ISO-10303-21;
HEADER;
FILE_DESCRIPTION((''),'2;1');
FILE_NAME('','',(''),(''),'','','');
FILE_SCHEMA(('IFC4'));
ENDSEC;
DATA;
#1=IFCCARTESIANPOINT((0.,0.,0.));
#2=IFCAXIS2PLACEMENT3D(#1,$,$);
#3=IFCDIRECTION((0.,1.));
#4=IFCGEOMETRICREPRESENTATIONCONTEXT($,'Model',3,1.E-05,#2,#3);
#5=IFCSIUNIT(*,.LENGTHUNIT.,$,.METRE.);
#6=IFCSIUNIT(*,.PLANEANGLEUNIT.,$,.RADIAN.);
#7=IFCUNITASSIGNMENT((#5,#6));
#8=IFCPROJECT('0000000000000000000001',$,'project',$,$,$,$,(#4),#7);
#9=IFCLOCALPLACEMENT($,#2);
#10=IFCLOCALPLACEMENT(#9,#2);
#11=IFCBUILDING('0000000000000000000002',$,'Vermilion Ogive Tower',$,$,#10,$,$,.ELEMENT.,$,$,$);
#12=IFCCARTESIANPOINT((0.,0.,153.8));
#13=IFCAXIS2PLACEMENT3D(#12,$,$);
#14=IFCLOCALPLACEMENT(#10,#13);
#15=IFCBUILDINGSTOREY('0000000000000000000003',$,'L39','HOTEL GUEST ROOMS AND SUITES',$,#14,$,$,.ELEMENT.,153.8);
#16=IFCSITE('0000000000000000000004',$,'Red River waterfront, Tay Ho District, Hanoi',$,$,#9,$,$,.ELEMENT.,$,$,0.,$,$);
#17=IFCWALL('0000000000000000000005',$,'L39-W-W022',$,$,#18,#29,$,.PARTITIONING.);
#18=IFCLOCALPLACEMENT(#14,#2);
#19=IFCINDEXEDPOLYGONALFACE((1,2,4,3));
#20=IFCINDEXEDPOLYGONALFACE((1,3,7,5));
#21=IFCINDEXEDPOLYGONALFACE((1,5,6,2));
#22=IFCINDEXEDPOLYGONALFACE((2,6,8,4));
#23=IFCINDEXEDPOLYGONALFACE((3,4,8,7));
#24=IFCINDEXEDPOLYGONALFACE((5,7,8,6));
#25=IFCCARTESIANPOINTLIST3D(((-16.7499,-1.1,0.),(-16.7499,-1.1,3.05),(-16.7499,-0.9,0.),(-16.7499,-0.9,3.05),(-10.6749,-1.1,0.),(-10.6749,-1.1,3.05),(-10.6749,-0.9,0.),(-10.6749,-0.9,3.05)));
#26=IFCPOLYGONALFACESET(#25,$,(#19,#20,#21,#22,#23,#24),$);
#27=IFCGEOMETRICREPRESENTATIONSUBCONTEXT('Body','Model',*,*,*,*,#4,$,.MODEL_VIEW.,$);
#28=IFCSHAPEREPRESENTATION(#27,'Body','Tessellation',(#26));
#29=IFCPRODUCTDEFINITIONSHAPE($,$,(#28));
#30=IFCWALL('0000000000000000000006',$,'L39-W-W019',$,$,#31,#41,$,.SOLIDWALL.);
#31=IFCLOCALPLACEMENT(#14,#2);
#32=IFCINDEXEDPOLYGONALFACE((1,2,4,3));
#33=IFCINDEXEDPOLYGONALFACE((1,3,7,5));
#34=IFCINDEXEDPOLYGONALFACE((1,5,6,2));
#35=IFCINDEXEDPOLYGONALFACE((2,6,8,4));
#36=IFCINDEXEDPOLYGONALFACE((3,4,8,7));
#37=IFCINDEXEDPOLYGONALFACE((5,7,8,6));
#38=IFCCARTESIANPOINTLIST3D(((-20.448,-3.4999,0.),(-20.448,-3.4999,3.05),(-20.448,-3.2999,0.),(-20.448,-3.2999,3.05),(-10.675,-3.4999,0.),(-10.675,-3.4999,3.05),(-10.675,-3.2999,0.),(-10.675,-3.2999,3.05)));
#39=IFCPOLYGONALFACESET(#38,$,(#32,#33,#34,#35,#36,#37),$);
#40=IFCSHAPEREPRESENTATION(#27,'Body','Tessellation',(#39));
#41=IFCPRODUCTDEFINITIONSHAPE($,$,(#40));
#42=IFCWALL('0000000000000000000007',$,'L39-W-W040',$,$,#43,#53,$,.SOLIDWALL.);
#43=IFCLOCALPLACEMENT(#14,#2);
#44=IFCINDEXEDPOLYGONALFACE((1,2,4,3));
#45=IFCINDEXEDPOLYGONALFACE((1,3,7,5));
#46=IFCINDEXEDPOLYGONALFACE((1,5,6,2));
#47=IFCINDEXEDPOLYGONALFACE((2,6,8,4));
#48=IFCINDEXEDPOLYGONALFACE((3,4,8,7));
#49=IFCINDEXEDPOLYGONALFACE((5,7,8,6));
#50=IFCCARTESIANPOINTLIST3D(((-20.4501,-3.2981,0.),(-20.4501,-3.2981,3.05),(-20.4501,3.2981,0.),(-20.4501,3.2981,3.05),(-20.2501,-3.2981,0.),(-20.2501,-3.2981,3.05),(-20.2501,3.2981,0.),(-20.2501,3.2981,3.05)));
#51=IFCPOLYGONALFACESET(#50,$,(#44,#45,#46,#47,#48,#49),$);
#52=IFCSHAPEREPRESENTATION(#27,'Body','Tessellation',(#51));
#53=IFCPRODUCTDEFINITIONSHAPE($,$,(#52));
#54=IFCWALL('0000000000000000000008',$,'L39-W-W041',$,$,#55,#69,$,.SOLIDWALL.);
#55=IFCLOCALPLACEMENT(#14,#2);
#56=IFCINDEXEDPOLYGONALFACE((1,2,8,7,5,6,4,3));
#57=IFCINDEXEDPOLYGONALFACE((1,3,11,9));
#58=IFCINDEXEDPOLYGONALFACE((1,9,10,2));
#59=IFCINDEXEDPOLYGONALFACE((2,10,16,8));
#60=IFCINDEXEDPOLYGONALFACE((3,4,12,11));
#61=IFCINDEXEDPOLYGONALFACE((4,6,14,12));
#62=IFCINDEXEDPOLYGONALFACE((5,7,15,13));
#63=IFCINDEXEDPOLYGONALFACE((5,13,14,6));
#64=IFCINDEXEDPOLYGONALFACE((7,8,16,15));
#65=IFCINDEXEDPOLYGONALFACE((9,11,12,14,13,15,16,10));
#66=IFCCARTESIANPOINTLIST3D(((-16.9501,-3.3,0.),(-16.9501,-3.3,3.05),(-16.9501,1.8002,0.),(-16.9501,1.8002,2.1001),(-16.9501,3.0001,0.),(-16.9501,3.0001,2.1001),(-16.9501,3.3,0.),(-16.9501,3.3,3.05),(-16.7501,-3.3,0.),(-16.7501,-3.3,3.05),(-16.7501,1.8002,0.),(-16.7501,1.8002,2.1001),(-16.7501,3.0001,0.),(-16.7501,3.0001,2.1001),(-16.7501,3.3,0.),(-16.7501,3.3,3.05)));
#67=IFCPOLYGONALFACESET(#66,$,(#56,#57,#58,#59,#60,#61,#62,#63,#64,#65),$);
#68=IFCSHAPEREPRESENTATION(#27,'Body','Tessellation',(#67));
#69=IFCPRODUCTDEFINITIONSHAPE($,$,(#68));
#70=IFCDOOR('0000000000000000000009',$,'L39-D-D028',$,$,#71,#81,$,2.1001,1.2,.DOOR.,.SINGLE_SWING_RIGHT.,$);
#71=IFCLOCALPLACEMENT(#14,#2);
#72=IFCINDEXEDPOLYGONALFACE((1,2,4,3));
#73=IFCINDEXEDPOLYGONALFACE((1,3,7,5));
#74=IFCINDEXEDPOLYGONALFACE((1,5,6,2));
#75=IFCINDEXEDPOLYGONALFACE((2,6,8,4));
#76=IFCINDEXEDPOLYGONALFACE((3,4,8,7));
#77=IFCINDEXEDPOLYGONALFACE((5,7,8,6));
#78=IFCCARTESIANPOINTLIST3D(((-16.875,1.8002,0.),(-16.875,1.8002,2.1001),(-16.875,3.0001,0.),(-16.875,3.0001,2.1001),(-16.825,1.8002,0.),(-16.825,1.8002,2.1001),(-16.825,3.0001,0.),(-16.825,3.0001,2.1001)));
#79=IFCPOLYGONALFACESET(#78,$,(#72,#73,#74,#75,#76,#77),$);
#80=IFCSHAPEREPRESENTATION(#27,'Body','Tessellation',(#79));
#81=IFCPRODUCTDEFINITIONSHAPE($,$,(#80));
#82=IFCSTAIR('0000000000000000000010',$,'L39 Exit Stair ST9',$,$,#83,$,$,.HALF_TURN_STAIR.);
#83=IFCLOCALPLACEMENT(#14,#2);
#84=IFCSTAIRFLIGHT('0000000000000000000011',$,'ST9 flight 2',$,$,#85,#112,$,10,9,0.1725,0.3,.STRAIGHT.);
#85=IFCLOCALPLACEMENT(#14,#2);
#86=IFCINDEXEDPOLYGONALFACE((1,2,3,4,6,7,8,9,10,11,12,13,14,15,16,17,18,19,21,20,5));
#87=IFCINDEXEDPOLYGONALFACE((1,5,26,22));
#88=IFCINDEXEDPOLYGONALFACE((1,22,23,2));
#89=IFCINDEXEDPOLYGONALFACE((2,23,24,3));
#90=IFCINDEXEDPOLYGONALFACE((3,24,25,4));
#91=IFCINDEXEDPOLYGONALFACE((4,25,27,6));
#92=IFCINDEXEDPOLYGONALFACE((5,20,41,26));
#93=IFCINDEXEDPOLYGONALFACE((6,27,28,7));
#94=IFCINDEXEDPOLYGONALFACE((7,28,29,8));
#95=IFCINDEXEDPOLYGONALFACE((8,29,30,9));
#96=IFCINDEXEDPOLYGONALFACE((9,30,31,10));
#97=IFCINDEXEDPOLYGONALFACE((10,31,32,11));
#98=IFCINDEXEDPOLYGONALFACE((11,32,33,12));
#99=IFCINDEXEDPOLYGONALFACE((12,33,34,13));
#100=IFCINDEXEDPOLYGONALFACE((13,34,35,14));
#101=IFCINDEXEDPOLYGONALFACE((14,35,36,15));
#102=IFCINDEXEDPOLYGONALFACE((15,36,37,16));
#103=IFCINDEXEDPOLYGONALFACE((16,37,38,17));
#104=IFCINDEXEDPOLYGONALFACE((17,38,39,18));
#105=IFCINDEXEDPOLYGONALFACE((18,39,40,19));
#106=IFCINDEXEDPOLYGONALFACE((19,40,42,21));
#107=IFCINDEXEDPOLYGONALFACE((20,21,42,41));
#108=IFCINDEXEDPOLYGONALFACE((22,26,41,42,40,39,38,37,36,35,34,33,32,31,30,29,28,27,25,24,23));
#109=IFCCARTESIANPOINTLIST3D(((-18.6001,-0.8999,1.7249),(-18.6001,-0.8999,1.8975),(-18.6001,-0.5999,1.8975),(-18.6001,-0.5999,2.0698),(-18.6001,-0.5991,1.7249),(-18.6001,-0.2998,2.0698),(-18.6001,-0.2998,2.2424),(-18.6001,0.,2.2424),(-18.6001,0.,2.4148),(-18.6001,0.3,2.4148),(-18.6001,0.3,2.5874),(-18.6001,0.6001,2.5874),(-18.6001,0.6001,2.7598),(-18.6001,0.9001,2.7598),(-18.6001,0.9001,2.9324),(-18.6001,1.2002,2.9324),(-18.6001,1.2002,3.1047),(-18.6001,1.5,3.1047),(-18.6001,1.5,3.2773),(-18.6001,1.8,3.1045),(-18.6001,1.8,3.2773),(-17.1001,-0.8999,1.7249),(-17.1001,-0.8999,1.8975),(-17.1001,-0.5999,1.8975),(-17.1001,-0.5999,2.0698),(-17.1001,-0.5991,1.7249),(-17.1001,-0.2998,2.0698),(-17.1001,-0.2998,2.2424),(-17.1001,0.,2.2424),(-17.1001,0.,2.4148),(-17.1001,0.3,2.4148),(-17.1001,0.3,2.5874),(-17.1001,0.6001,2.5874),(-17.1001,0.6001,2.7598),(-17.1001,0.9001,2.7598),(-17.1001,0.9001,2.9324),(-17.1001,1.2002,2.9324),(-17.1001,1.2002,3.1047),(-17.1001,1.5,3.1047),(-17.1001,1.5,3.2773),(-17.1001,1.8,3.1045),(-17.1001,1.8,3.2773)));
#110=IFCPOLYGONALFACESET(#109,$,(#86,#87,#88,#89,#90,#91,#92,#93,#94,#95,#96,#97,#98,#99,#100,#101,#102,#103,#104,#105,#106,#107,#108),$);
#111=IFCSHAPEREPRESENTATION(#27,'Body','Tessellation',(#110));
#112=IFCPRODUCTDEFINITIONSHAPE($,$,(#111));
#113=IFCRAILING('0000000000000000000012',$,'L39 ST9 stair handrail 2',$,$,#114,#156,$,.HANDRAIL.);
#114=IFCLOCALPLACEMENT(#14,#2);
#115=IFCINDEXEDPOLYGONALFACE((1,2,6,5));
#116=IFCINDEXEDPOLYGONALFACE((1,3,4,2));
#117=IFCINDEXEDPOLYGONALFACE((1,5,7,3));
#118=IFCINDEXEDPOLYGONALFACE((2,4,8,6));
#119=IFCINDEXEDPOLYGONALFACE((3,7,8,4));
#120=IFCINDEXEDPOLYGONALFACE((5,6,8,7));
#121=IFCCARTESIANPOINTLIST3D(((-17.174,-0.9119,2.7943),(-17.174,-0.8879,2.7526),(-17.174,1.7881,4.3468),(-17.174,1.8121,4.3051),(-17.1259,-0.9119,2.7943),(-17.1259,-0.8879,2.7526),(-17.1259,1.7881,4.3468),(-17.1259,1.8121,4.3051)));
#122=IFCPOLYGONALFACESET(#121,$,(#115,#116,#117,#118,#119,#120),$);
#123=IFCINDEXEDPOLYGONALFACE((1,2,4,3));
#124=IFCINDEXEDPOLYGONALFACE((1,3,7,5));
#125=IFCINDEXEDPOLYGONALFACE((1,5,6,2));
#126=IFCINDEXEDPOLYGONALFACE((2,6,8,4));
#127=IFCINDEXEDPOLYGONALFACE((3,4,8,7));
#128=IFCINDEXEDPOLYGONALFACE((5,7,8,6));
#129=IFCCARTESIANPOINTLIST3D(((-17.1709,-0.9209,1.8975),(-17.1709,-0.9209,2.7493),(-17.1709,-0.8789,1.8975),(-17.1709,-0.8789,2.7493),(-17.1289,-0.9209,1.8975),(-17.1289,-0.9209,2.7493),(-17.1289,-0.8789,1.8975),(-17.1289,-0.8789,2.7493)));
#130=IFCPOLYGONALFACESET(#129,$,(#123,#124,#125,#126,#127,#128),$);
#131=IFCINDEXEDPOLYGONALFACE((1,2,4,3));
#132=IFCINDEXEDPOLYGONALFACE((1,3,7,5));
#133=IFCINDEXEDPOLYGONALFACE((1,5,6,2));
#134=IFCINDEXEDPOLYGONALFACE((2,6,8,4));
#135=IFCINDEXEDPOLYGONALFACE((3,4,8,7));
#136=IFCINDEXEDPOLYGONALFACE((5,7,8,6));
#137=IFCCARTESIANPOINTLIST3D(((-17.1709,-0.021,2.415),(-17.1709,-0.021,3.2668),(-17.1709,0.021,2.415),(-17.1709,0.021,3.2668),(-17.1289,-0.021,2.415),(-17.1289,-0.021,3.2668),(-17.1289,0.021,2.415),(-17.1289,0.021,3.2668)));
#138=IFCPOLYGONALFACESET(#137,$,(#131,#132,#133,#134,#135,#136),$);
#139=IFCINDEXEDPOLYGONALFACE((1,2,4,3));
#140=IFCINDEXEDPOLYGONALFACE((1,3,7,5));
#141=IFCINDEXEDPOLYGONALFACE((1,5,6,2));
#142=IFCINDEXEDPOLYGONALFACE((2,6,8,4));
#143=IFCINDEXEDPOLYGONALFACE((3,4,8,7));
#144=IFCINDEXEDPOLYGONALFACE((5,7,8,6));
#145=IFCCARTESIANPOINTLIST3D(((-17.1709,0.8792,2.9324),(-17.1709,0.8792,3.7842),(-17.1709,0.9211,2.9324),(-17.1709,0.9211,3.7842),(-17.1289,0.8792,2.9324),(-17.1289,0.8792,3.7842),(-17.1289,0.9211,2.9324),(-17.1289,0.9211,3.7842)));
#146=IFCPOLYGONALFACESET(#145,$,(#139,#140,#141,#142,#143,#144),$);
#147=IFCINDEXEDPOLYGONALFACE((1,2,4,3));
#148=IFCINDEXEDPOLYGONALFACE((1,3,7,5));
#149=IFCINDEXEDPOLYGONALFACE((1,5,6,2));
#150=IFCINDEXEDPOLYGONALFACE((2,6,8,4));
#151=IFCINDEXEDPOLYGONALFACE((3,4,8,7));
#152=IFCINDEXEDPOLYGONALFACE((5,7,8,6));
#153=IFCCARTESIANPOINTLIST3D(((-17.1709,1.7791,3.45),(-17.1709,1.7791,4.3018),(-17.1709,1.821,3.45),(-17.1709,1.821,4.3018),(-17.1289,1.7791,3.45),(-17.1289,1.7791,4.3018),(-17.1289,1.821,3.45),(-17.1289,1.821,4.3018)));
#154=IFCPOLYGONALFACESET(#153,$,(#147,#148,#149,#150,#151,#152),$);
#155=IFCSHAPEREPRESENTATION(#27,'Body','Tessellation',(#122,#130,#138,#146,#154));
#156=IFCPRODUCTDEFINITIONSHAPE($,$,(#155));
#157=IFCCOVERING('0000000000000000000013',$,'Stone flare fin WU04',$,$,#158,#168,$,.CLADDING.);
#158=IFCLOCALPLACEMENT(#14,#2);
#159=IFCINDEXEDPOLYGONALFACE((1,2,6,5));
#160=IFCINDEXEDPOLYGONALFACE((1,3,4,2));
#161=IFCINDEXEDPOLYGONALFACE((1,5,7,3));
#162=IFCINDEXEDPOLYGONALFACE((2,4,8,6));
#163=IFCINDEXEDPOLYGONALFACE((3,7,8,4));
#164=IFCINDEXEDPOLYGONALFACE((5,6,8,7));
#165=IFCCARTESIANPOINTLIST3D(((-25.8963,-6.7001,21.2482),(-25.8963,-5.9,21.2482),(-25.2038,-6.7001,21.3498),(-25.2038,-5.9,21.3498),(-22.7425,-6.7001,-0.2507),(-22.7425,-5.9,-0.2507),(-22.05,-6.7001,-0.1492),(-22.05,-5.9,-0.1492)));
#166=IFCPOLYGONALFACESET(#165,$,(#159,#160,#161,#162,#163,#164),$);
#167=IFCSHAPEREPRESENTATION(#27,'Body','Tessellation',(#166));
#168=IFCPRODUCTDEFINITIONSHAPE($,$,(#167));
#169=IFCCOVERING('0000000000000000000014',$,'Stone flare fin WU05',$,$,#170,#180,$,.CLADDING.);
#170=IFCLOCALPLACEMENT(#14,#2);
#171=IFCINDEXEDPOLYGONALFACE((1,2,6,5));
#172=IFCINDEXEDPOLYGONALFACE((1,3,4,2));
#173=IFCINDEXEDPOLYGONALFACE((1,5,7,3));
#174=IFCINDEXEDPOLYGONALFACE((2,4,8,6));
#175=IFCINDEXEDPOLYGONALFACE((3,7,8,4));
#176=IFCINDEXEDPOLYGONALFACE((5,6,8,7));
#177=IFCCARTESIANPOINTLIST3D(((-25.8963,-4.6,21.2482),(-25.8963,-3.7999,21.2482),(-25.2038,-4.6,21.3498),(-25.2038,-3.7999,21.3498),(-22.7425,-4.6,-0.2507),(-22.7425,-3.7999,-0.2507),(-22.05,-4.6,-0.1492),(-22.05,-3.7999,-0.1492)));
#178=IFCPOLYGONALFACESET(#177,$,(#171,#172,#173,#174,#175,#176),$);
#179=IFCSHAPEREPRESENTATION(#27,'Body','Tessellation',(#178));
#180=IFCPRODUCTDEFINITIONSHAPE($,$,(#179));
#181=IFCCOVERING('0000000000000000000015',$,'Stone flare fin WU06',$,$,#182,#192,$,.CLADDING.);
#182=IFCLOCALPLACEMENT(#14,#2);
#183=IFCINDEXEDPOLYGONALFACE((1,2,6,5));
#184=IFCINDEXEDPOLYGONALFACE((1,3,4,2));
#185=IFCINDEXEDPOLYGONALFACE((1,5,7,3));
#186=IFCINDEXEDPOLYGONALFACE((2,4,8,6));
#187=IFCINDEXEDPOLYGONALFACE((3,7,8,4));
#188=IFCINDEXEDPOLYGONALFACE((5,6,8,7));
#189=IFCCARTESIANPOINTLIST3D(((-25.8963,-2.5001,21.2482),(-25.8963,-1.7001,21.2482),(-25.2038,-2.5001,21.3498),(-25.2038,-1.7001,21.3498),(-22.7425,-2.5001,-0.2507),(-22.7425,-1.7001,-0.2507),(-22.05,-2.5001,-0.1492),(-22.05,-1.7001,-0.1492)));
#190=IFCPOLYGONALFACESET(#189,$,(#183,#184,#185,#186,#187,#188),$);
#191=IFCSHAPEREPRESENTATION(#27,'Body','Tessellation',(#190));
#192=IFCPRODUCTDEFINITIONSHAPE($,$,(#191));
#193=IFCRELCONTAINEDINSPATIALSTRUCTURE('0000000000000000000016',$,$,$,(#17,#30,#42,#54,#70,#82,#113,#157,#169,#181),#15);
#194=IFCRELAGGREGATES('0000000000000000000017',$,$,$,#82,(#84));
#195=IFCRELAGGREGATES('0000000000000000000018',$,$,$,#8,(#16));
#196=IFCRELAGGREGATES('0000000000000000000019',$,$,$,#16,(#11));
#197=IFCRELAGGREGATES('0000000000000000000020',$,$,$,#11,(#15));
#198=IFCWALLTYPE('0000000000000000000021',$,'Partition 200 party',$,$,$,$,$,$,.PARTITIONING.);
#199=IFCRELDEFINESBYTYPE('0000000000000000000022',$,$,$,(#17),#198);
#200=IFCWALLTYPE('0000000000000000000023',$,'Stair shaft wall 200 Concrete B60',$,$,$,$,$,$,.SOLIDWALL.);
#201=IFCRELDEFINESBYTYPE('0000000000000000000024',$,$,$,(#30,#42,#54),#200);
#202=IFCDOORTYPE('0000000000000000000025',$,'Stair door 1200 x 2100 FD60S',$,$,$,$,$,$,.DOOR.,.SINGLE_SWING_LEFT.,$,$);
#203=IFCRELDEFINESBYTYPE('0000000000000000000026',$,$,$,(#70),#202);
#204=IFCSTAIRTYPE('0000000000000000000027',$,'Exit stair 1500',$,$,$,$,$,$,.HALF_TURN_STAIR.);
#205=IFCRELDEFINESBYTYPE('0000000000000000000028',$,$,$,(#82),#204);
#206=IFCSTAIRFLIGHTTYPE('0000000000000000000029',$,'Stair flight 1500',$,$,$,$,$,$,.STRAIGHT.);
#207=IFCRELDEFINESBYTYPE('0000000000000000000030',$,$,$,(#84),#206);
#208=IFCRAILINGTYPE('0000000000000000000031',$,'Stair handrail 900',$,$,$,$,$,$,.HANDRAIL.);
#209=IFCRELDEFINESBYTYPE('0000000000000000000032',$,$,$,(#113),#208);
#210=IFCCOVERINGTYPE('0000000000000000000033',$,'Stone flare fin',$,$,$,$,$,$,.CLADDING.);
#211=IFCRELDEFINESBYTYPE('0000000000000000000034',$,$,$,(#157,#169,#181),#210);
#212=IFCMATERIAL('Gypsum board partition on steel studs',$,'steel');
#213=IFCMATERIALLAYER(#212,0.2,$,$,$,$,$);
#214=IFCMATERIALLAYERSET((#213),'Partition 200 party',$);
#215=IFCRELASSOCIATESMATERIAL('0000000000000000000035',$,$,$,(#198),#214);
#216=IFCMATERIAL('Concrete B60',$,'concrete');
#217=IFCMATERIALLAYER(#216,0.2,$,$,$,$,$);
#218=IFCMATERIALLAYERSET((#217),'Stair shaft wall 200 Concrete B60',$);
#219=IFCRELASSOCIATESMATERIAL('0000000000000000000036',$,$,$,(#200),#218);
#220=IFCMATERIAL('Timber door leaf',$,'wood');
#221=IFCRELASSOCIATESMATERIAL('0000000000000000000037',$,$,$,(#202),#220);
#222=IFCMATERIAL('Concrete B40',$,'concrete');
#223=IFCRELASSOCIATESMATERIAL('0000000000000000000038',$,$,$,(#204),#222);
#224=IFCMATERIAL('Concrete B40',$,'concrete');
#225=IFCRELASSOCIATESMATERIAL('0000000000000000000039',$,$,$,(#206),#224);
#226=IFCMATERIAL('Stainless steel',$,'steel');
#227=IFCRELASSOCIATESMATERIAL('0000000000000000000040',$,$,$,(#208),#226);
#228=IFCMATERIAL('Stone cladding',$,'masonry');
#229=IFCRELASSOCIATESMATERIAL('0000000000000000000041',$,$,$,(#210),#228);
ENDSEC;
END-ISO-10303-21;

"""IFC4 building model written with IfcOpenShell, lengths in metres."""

from ifc_helpers import new_model, si_unit, direction, frame, frame_2d, origin, origin_2d, place, context, subcontext, project, spatial, polyline, rectangle, outline, extrude, material, layer, layer_set, material_profile, profile_set, type_object, element, fill, aggregate, save


model = new_model("IFC4")

# Units and contexts
model_context = context("Model", 3, precision=1e-05, world=origin(), true_north=direction((0.0, 1.0)))
body_context = subcontext(model_context, "Body", "Model", "MODEL_VIEW")
ifc_project = project(units=[si_unit("LENGTHUNIT", "METRE"), si_unit("PLANEANGLEUNIT", "RADIAN")], contexts=[model_context])

# Site, building, storey
site_placement = place(None, origin())
site = spatial("IfcSite", under=ifc_project, at=site_placement, Name="Red River waterfront, Tay Ho District, Hanoi", CompositionType="ELEMENT", RefElevation=0.0)
building_placement = place(site_placement, origin())
building = spatial("IfcBuilding", under=site, at=building_placement, Name="Vermilion Ogive Tower", CompositionType="ELEMENT")
storey_placement = place(building_placement, frame((0.0, 0.0, 153.8)))
storey = spatial("IfcBuildingStorey", under=building, at=storey_placement, Name="L39", Description="HOTEL GUEST ROOMS AND SUITES", CompositionType="ELEMENT", Elevation=153.8)

# Walls
ifc_material_1 = material(Name="Gypsum board partition on steel studs", Category="steel")
ifc_layer_1 = layer(ifc_material_1, 0.2)
ifc_layer_set_1 = layer_set([ifc_layer_1], Name="Partition 200 party")
wall_type_1 = type_object("IfcWallType", Name="Partition 200 party", PredefinedType="PARTITIONING", material=ifc_layer_set_1)
wall_1_placement = place(storey_placement, frame((-16.75, -1.0, 0.0), z_axis=(0.0, 0.0, 1.0), x_axis=(1.0, 0.0, 0.0)))
element("IfcWall", 1, at=wall_1_placement, inside=storey, type_object=wall_type_1, Name="L39-W-W022", PredefinedType="PARTITIONING", context=body_context, shape_type="SweptSolid", body=[
    extrude(rectangle(XDim=6.075, YDim=0.2, at=frame_2d((3.0376, 0.0))), origin(), (0.0, 0.0, 1.0), 3.05),
])
ifc_material_2 = material(Name="Concrete B60", Category="concrete")
ifc_layer_2 = layer(ifc_material_2, 0.2)
ifc_layer_set_2 = layer_set([ifc_layer_2], Name="Stair shaft wall 200 Concrete B60")
wall_type_2 = type_object("IfcWallType", Name="Stair shaft wall 200 Concrete B60", PredefinedType="SOLIDWALL", material=ifc_layer_set_2)
wall_2_placement = place(storey_placement, frame((-20.448, -3.3999, 0.0), z_axis=(0.0, 0.0, 1.0), x_axis=(1.0, 0.0, 0.0)))
element("IfcWall", 2, at=wall_2_placement, inside=storey, type_object=wall_type_2, Name="L39-W-W019", PredefinedType="SOLIDWALL", context=body_context, shape_type="SweptSolid", body=[
    extrude(rectangle(XDim=9.7729, YDim=0.2, at=frame_2d((4.8865, 0.0))), origin(), (0.0, 0.0, 1.0), 3.05),
])
wall_3_placement = place(storey_placement, frame((-20.3501, -3.2981, 0.0), z_axis=(0.0, 0.0, 1.0), x_axis=(0.0, 1.0, 0.0)))
element("IfcWall", 3, at=wall_3_placement, inside=storey, type_object=wall_type_2, Name="L39-W-W040", PredefinedType="SOLIDWALL", context=body_context, shape_type="SweptSolid", body=[
    extrude(rectangle(XDim=6.5962, YDim=0.2, at=frame_2d((3.2981, 0.0))), origin(), (0.0, 0.0, 1.0), 3.05),
])

# Wall, opening, door
wall_4_placement = place(storey_placement, frame((-16.8501, -3.3, 0.0), z_axis=(0.0, 0.0, 1.0), x_axis=(0.0, 1.0, 0.0)))
wall_4 = element("IfcWall", 4, at=wall_4_placement, inside=storey, type_object=wall_type_2, Name="L39-W-W041", PredefinedType="SOLIDWALL", context=body_context, shape_type="SweptSolid", body=[
    extrude(rectangle(XDim=6.6001, YDim=0.2, at=frame_2d((3.3, 0.0))), origin(), (0.0, 0.0, 1.0), 3.05),
])
opening_1_placement = place(wall_4_placement, frame((5.1001, 0.0, 0.0)))
opening_1 = element("IfcOpeningElement", 5, at=opening_1_placement, cuts=wall_4, PredefinedType="OPENING", context=body_context, shape_type="SweptSolid", body=[
    extrude(rectangle(XDim=1.2, YDim=2.1001, at=frame_2d((0.6001, 1.05))), frame((0.0, 0.1099, 0.0), z_axis=(0.0, -1.0, 0.0), x_axis=(1.0, 0.0, 0.0)), (0.0, 0.0, 1.0), 0.22),
])
ifc_material_3 = material(Name="Timber door leaf", Category="wood")
door_type_1 = type_object("IfcDoorType", Name="Stair door 1200 x 2100 FD60S", OperationType="SINGLE_SWING_LEFT", PredefinedType="DOOR", material=ifc_material_3)
door_1_placement = place(opening_1_placement, origin())
door_1 = element("IfcDoor", 6, at=door_1_placement, inside=storey, type_object=door_type_1, Name="L39-D-D028", OperationType="SINGLE_SWING_RIGHT", OverallHeight=2.1001, OverallWidth=1.2, PredefinedType="DOOR", context=body_context, shape_type="SweptSolid", body=[
    extrude(rectangle(XDim=1.2, YDim=2.1001, at=frame_2d((0.6001, 1.05))), frame((0.0, 0.0249, 0.0), z_axis=(0.0, -1.0, 0.0), x_axis=(1.0, 0.0, 0.0)), (0.0, 0.0, 1.0), 0.05),
])
fill(opening_1, door_1)

# Stair, stair flight
ifc_material_4 = material(Name="Concrete B40", Category="concrete")
stair_type = type_object("IfcStairType", Name="Exit stair 1500", PredefinedType="HALF_TURN_STAIR", material=ifc_material_4)
stair_placement = place(storey_placement, origin())
stair = element("IfcStair", 7, at=stair_placement, inside=storey, type_object=stair_type, Name="L39 Exit Stair ST9", PredefinedType="HALF_TURN_STAIR")
ifc_material_5 = material(Name="Concrete B40", Category="concrete")
stair_flight_type = type_object("IfcStairFlightType", Name="Stair flight 1500", PredefinedType="STRAIGHT", material=ifc_material_5)
stair_flight_placement = place(storey_placement, frame((-17.8501, -0.8999, 1.7249), z_axis=(0.0, 0.0, 1.0), x_axis=(0.0, 1.0, 0.0)))
stair_flight = element("IfcStairFlight", 8, at=stair_flight_placement, type_object=stair_flight_type, Name="ST9 flight 2", NumberOfRisers=10, NumberOfTreads=9, PredefinedType="STRAIGHT", RiserHeight=0.1725, TreadLength=0.3, context=body_context, shape_type="SweptSolid", body=[
    extrude(outline(polyline([(0.0, 0.0), (0.0, 0.1726), (0.3, 0.1726), (0.3, 0.345), (0.6001, 0.345), (0.6001, 0.5176), (0.8999, 0.5176), (0.8999, 0.6899), (1.2, 0.6899), (1.2, 0.8625), (1.5, 0.8625), (1.5, 1.0349), (1.8, 1.0349), (1.8, 1.2075), (2.1001, 1.2075), (2.1001, 1.3799), (2.3999, 1.3799), (2.3999, 1.5525), (2.7, 1.5525), (2.7, 1.7251), (2.7, 1.3796), (0.3008, 0.0), (0.0, 0.0)])), frame((0.0, 0.75, 0.0), z_axis=(0.0, -1.0, 0.0), x_axis=(1.0, 0.0, 0.0)), (0.0, 0.0, 1.0), 1.5),
])
aggregate(stair, [stair_flight])

# Railing
ifc_material_6 = material(Name="Stainless steel", Category="steel")
railing_type = type_object("IfcRailingType", Name="Stair handrail 900", PredefinedType="HANDRAIL", material=ifc_material_6)
railing_placement = place(storey_placement, frame((-17.1499, -0.8999, 1.8975)))
element("IfcRailing", 9, at=railing_placement, inside=storey, type_object=railing_type, Name="L39 ST9 stair handrail 2", PredefinedType="HANDRAIL", context=body_context, shape_type="SweptSolid", body=[
    extrude(rectangle(XDim=0.0481, YDim=0.0481, at=origin_2d()), frame((0.0, 0.0, 0.876), z_axis=(0.0, 0.866904, 0.498476), x_axis=(-1.0, 0.0, 0.0)), (0.0, 0.0, 1.0), 3.1145),
    extrude(rectangle(XDim=0.042, YDim=0.042, at=origin_2d()), origin(), (0.0, 0.0, 1.0), 0.8518),
    extrude(rectangle(XDim=0.042, YDim=0.042, at=origin_2d()), frame((0.0, 0.8999, 0.5176)), (0.0, 0.0, 1.0), 0.8518),
    extrude(rectangle(XDim=0.042, YDim=0.042, at=origin_2d()), frame((0.0, 1.8, 1.0349)), (0.0, 0.0, 1.0), 0.8518),
    extrude(rectangle(XDim=0.042, YDim=0.042, at=origin_2d()), frame((0.0, 2.7, 1.5525)), (0.0, 0.0, 1.0), 0.8518),
])

# Coverings
ifc_material_7 = material(Name="Stone cladding", Category="masonry")
ifc_material_profile_1 = material_profile(ifc_material_7, rectangle(XDim=0.8, YDim=0.7, at=origin_2d()), Name="STONE 800x700")
ifc_profile_set_1 = profile_set([ifc_material_profile_1], Name="Stone cladding")
covering_type = type_object("IfcCoveringType", Name="Stone flare fin", PredefinedType="CLADDING", material=ifc_profile_set_1)
for number, where, z_axis, x_axis, name in (
    (10, (-22.3962, -6.3, -0.2), (-0.145142, 0.0, 0.989411), (0.0, -1.0, 0.0), "Stone flare fin WU04"),
    (11, (-22.3962, -4.2, -0.2), (-0.145142, 0.0, 0.989411), (0.0, -1.0, 0.0), "Stone flare fin WU05"),
    (12, (-22.3962, -2.1001, -0.2), (-0.145142, 0.0, 0.989411), (0.0, -1.0, 0.0), "Stone flare fin WU06"),
):
    element("IfcCovering", number, at=place(storey_placement, frame(where, z_axis=z_axis, x_axis=x_axis)), inside=storey, type_object=covering_type, Name=name, PredefinedType="CLADDING", context=body_context, shape_type="SweptSolid", body=[
        extrude(rectangle(XDim=0.8, YDim=0.7, at=origin_2d()), origin(), (0.0, 0.0, 1.0), 21.729),
    ])

save(model, "model.ifc")
